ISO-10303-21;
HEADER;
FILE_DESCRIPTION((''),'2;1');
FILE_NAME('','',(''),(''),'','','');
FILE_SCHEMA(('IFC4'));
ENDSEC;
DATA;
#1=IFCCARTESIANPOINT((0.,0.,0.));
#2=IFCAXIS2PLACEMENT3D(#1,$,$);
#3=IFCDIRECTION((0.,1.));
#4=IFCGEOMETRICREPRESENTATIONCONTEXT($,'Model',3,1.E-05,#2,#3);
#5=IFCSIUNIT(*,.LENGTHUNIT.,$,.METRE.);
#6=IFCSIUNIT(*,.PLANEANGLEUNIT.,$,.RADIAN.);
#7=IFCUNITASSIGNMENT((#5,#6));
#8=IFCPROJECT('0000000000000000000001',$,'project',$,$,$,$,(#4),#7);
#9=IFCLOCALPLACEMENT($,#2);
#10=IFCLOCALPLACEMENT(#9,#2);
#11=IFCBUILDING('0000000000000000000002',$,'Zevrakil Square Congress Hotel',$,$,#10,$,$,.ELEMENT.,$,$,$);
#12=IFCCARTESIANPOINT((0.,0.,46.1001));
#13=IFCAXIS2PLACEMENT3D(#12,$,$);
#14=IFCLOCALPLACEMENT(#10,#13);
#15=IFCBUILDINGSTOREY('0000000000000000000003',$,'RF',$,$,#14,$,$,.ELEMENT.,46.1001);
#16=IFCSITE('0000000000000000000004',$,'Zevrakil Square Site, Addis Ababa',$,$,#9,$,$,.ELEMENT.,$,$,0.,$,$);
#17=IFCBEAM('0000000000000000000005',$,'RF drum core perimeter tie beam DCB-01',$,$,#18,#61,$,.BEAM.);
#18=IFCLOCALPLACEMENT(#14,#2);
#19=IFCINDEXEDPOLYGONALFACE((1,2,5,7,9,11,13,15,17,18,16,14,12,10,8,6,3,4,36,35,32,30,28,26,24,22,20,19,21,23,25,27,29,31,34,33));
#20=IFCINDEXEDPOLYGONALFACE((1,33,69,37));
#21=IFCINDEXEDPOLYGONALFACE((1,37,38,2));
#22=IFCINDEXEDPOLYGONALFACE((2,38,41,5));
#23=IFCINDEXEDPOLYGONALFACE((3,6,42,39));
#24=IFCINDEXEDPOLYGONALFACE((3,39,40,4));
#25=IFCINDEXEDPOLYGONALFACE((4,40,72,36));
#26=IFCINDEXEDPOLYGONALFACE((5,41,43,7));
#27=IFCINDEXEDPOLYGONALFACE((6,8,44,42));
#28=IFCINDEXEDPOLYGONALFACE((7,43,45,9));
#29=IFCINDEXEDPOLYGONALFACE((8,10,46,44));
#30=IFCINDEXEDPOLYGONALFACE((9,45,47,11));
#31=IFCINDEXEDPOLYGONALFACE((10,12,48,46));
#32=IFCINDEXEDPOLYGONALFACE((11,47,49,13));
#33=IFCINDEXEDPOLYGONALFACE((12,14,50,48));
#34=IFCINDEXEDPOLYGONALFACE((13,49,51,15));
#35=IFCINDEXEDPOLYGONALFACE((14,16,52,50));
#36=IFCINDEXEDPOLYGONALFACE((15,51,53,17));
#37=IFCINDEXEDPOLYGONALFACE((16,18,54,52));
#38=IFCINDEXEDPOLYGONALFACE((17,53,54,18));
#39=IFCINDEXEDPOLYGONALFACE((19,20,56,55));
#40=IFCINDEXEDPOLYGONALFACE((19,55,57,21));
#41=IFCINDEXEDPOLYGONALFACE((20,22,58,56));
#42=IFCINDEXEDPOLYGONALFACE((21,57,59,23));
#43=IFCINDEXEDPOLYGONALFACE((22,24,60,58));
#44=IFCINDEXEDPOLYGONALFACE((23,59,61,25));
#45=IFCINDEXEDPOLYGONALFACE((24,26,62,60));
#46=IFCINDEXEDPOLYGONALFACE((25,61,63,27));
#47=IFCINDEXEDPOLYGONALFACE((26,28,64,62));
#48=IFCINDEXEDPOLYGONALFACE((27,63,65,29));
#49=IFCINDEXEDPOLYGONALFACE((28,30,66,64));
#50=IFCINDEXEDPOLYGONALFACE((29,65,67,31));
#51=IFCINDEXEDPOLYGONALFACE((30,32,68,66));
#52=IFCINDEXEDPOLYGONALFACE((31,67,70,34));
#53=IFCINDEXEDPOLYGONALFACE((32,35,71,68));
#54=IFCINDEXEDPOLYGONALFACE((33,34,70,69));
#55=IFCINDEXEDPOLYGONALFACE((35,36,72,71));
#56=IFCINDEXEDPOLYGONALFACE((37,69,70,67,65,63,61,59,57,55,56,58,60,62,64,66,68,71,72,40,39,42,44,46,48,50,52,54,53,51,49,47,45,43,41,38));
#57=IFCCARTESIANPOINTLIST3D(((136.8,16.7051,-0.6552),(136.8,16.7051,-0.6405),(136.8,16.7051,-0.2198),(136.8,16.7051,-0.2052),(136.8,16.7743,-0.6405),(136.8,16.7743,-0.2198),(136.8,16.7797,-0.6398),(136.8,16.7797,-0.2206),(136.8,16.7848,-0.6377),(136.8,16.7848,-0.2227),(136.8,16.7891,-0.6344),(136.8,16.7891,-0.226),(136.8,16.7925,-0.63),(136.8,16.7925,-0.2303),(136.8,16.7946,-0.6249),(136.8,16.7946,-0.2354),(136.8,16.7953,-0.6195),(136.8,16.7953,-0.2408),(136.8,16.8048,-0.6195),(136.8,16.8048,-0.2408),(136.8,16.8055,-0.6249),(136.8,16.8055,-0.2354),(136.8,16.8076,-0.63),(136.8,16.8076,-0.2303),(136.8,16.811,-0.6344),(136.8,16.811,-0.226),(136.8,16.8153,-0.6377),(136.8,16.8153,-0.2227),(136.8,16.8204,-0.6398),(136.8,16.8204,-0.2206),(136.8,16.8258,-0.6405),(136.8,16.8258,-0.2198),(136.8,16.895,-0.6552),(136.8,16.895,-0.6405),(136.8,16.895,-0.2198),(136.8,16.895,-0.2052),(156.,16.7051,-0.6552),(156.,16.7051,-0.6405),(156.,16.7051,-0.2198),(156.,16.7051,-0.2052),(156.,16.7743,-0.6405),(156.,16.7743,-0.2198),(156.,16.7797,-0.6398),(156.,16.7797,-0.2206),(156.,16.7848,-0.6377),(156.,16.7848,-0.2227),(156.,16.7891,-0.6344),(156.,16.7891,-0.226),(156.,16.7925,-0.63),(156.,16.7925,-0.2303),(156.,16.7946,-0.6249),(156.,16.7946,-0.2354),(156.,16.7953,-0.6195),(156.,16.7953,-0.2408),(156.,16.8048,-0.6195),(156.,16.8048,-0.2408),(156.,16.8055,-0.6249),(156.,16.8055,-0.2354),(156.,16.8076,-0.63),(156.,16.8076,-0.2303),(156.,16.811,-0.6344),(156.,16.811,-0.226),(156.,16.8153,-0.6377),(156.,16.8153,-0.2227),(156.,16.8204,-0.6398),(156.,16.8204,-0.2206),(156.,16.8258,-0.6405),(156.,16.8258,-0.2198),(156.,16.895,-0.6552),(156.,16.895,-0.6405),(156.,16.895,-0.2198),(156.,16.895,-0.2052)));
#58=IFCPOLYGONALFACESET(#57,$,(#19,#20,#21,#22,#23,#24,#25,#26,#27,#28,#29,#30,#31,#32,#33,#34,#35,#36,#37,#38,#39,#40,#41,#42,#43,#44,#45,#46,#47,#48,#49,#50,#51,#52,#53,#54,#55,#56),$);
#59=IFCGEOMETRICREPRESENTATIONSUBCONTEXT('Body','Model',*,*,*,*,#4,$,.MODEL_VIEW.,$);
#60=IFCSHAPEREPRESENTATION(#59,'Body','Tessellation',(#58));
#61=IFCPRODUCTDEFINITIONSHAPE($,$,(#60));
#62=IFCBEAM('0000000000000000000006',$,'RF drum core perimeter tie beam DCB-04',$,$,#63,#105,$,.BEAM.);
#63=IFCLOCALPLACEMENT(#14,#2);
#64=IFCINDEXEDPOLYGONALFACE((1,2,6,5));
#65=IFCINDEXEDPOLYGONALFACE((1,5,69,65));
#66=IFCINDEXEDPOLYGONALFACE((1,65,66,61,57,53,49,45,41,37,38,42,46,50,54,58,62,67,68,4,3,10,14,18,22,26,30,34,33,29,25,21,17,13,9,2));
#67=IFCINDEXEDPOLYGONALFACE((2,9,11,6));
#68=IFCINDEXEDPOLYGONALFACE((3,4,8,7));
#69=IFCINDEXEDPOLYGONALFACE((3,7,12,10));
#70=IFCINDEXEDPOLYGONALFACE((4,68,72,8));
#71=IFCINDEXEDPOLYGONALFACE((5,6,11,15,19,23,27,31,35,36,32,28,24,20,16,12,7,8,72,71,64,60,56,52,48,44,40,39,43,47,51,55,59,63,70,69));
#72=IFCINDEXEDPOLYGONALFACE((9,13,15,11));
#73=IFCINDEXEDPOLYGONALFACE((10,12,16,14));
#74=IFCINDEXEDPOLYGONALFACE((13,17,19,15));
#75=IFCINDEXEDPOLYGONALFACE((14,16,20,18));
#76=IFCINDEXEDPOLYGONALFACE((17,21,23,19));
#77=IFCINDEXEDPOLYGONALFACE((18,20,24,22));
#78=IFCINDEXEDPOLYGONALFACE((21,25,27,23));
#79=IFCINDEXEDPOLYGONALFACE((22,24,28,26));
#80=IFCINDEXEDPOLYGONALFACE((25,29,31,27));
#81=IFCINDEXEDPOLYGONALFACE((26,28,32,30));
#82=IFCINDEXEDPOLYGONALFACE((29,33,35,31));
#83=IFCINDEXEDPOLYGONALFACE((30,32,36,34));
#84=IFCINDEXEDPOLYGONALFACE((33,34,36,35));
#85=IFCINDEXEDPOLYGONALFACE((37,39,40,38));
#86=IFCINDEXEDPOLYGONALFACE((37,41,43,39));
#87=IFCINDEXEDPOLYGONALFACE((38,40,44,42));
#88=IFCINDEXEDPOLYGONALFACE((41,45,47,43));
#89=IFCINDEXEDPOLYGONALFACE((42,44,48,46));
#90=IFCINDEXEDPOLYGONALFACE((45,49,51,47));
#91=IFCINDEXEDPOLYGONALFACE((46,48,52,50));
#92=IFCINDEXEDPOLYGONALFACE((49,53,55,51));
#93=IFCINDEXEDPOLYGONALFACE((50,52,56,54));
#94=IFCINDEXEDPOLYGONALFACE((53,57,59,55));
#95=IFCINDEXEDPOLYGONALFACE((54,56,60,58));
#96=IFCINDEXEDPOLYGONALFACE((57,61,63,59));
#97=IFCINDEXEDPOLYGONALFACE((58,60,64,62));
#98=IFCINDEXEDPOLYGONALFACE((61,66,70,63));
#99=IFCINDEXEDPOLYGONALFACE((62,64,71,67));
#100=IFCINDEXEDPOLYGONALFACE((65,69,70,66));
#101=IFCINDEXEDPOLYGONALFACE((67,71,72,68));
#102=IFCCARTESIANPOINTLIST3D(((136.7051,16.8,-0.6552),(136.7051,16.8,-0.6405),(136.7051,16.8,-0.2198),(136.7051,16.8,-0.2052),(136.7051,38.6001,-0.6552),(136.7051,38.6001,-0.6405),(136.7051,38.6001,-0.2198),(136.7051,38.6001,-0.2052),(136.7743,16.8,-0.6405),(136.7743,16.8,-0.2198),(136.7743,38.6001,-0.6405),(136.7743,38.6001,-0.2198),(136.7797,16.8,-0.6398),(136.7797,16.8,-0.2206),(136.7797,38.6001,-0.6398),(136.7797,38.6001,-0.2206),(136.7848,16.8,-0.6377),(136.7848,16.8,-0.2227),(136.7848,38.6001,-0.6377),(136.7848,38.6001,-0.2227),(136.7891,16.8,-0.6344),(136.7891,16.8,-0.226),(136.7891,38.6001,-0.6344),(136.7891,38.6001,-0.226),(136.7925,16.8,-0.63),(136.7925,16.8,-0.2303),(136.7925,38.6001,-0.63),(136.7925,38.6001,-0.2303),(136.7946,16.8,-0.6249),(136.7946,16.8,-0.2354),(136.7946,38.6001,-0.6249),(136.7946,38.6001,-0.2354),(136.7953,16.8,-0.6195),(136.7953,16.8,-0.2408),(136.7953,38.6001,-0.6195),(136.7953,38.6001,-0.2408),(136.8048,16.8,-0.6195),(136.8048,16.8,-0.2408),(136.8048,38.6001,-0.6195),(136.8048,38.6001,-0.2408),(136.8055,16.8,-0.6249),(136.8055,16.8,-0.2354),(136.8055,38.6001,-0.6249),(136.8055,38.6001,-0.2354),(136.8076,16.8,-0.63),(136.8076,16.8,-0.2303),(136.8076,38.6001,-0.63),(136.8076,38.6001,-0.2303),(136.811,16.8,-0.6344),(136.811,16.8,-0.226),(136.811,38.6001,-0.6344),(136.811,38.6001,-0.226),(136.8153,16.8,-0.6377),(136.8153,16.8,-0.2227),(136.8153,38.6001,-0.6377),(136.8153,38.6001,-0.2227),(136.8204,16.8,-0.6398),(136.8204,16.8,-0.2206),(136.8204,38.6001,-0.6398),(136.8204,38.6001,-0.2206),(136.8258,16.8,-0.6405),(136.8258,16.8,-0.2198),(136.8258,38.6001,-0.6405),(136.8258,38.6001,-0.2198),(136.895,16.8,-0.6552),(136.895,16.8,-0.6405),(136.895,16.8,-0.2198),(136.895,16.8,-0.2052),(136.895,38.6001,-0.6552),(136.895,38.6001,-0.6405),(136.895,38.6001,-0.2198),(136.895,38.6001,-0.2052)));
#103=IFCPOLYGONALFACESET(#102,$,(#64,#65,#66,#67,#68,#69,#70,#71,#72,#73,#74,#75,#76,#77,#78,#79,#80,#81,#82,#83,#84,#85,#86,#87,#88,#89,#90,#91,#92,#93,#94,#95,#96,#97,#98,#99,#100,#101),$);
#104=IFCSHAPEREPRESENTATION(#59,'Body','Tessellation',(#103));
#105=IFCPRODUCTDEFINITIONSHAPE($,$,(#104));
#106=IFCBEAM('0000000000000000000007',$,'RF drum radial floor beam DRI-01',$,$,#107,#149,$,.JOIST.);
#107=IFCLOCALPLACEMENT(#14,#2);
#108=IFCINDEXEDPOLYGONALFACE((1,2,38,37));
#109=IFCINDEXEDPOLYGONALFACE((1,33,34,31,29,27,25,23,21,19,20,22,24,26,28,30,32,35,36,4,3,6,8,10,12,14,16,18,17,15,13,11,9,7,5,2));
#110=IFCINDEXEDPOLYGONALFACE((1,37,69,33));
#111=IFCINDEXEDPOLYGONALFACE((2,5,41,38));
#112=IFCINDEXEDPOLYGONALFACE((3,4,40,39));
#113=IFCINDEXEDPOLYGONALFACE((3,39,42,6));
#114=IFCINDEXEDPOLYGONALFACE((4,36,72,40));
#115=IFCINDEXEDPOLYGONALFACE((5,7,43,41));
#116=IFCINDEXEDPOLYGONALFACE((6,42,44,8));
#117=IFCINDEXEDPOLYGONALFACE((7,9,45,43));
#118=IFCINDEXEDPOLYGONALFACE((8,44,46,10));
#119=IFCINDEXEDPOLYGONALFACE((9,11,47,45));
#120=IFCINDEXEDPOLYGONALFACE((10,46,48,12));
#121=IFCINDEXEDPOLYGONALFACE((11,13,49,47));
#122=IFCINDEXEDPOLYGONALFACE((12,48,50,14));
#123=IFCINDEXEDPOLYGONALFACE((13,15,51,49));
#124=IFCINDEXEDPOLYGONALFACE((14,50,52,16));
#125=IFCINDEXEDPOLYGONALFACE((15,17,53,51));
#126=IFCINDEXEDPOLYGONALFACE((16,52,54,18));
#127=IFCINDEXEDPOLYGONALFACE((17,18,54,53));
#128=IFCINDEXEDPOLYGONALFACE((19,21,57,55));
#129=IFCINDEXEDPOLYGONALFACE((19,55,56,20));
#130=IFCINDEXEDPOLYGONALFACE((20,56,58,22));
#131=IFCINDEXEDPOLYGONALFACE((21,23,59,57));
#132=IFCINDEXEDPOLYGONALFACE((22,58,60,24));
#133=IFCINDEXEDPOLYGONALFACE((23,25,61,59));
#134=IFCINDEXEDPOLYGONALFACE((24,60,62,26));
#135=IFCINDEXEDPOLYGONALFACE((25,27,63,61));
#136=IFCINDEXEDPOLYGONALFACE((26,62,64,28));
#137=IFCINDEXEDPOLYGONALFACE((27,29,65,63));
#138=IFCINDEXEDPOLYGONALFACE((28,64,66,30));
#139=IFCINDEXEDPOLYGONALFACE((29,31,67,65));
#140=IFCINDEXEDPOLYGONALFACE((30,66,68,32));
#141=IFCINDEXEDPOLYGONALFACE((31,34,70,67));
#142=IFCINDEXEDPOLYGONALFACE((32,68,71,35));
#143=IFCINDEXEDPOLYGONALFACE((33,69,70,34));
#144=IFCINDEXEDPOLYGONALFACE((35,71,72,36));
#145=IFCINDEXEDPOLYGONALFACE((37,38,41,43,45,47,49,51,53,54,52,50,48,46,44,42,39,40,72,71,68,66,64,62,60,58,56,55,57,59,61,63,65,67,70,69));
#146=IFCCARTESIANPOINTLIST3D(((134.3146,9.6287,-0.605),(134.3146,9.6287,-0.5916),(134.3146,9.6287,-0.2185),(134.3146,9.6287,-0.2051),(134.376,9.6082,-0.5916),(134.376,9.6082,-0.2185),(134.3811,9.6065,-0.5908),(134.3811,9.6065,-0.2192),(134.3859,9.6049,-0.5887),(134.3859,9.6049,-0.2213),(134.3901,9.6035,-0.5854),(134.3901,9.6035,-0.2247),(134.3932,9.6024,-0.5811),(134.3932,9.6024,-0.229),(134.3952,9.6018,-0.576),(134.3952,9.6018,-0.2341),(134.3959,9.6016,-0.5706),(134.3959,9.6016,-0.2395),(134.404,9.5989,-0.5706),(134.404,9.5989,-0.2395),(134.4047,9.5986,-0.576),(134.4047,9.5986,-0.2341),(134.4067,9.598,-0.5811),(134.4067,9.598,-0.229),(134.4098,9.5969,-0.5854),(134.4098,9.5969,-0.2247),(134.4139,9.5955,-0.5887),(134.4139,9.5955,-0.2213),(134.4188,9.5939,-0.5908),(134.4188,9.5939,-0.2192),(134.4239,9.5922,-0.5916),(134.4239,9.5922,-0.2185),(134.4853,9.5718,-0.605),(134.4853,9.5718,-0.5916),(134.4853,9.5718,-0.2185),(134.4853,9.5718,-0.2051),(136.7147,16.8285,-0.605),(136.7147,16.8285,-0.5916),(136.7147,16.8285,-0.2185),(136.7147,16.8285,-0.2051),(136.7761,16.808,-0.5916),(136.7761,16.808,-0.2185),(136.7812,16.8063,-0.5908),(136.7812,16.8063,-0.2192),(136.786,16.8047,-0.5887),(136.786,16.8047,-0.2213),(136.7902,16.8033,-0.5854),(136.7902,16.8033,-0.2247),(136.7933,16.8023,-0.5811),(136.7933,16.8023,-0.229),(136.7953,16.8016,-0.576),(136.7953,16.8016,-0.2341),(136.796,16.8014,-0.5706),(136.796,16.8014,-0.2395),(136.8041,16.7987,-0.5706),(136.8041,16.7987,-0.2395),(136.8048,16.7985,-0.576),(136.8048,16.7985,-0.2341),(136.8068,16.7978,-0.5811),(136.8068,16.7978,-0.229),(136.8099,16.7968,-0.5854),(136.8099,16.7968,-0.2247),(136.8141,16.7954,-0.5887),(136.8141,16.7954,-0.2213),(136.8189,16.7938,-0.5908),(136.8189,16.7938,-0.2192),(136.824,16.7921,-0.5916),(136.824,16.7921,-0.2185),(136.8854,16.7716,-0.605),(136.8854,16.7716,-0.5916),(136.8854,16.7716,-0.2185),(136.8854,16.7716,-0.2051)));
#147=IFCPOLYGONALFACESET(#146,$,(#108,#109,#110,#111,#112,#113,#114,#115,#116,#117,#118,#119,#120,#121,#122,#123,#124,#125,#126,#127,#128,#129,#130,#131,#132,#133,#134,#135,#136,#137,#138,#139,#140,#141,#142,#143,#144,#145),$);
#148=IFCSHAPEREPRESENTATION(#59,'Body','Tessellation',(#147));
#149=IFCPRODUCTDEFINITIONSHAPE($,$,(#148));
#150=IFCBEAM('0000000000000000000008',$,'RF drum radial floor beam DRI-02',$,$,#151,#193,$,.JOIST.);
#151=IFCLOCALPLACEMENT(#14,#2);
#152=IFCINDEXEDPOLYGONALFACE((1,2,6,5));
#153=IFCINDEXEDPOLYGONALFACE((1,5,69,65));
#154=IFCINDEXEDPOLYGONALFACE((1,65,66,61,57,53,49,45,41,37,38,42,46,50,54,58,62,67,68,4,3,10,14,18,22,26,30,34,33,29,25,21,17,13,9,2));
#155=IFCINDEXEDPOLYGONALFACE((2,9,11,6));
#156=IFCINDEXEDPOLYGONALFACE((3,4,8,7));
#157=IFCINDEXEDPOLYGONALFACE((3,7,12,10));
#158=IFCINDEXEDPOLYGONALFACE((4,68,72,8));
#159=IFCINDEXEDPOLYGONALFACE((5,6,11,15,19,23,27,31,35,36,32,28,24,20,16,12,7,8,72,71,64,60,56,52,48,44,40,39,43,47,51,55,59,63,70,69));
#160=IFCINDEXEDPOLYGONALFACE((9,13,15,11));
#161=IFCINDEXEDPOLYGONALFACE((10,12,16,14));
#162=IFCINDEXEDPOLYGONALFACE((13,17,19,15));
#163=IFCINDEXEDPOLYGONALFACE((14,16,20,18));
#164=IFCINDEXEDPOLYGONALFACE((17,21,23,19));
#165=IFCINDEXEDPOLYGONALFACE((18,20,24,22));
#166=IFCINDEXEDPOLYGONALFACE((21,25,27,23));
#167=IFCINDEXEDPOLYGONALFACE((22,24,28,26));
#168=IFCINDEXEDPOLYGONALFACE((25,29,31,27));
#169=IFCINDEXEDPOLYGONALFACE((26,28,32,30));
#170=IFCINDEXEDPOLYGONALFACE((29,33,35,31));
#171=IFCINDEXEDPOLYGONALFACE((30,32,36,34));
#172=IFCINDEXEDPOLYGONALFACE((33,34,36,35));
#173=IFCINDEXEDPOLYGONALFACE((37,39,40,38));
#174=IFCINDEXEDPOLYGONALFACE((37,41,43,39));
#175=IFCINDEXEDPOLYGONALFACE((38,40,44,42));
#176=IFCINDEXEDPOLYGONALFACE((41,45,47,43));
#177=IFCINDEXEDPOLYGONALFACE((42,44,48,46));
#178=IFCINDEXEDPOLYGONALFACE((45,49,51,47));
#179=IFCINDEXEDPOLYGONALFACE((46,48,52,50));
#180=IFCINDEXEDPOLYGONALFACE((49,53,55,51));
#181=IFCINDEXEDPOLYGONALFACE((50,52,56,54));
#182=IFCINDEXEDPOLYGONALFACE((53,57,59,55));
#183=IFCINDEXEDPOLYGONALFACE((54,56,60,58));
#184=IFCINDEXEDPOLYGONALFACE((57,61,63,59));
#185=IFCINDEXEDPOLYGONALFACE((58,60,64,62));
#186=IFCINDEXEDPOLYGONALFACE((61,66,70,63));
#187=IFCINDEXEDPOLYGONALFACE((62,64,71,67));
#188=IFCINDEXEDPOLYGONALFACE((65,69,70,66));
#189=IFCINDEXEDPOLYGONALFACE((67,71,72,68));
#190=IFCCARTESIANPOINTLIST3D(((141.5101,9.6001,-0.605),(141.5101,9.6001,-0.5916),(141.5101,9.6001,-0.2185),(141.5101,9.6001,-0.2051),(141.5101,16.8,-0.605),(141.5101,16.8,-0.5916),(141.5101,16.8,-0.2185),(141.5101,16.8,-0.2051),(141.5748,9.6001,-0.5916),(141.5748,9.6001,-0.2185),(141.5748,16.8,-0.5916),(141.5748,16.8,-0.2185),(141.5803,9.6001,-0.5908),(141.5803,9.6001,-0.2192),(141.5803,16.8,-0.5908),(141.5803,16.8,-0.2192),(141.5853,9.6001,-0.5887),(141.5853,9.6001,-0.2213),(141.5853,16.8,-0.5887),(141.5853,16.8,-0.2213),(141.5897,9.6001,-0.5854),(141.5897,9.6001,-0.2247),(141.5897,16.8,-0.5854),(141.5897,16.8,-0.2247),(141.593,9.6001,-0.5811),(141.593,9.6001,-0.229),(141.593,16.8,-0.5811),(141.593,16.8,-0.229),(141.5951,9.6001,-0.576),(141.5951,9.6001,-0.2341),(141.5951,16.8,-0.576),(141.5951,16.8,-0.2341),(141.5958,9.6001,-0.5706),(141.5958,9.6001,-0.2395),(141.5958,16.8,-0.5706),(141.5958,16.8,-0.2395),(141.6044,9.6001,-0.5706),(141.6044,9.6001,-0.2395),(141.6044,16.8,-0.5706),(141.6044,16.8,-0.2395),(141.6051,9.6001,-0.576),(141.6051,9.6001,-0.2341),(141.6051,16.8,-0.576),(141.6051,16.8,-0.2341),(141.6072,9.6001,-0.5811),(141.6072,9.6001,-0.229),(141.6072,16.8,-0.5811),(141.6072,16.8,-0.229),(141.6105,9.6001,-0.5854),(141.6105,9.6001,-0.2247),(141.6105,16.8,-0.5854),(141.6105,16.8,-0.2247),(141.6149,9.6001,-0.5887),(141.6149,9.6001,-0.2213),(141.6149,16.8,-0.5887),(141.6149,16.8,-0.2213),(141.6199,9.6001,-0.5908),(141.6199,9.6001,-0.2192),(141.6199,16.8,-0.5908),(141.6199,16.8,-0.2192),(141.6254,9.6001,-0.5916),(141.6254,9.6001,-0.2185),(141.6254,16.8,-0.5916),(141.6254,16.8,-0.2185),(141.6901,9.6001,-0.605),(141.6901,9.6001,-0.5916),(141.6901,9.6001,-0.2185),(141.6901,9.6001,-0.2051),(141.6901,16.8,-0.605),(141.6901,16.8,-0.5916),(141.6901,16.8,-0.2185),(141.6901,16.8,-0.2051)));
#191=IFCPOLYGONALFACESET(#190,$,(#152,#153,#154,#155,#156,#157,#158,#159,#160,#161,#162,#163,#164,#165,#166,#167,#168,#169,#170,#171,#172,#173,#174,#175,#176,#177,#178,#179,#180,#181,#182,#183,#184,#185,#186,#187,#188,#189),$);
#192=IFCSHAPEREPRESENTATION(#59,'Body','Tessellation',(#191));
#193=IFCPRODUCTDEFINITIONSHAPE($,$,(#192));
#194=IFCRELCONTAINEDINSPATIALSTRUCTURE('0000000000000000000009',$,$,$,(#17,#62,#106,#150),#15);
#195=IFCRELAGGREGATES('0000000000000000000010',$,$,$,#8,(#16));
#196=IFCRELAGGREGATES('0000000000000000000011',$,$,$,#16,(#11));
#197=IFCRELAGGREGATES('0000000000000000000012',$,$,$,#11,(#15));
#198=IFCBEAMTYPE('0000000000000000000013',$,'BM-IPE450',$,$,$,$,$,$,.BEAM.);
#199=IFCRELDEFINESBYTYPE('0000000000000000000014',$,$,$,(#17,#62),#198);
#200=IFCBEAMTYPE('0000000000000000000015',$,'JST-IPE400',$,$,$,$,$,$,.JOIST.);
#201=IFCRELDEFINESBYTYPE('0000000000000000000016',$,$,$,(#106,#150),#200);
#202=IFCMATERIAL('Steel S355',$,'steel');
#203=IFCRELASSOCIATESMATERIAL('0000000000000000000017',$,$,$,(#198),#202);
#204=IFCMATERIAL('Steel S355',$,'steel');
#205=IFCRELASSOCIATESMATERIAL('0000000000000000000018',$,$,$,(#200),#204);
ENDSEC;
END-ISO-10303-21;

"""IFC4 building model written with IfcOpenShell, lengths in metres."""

from ifc_helpers import new_model, si_unit, direction, frame, origin, origin_2d, place, context, subcontext, project, spatial, i_section, extrude, material, material_profile, profile_set, type_object, element, save


model = new_model("IFC4")

# Units and contexts
model_context = context("Model", 3, precision=1e-05, world=origin(), true_north=direction((0.0, 1.0)))
body_context = subcontext(model_context, "Body", "Model", "MODEL_VIEW")
ifc_project = project(units=[si_unit("LENGTHUNIT", "METRE"), si_unit("PLANEANGLEUNIT", "RADIAN")], contexts=[model_context])

# Site, building, storey
site_placement = place(None, origin())
site = spatial("IfcSite", under=ifc_project, at=site_placement, Name="Zevrakil Square Site, Addis Ababa", CompositionType="ELEMENT", RefElevation=0.0)
building_placement = place(site_placement, origin())
building = spatial("IfcBuilding", under=site, at=building_placement, Name="Zevrakil Square Congress Hotel", CompositionType="ELEMENT")
storey_placement = place(building_placement, frame((0.0, 0.0, 46.1001)))
storey = spatial("IfcBuildingStorey", under=building, at=storey_placement, Name="RF", CompositionType="ELEMENT", Elevation=46.1001)

# Beams
ifc_material_1 = material(Name="Steel S355", Category="steel")
ifc_material_profile_1 = material_profile(ifc_material_1, i_section(OverallWidth=0.1899, OverallDepth=0.45, WebThickness=0.0095, FlangeThickness=0.0146, FilletRadius=0.021, at=origin_2d()), Name="IPE 450")
ifc_profile_set_1 = profile_set([ifc_material_profile_1], Name="Steel S355")
beam_type_1 = type_object("IfcBeamType", Name="BM-IPE450", PredefinedType="BEAM", material=ifc_profile_set_1)
beam_1_placement = place(storey_placement, frame((136.8, 16.8, -0.4302), z_axis=(1.0, 0.0, 0.0), x_axis=(0.0, 1.0, 0.0)))
element("IfcBeam", 1, at=beam_1_placement, inside=storey, type_object=beam_type_1, Name="RF drum core perimeter tie beam DCB-01", PredefinedType="BEAM", context=body_context, shape_type="SweptSolid", body=[
    extrude(i_section(OverallWidth=0.1899, OverallDepth=0.45, WebThickness=0.0095, FlangeThickness=0.0146, FilletRadius=0.021, at=origin_2d()), origin(), (0.0, 0.0, 1.0), 19.2),
])
beam_2_placement = place(storey_placement, frame((136.8, 38.6001, -0.4302), z_axis=(0.0, -1.0, 0.0), x_axis=(1.0, 0.0, 0.0)))
element("IfcBeam", 2, at=beam_2_placement, inside=storey, type_object=beam_type_1, Name="RF drum core perimeter tie beam DCB-04", PredefinedType="BEAM", context=body_context, shape_type="SweptSolid", body=[
    extrude(i_section(OverallWidth=0.1899, OverallDepth=0.45, WebThickness=0.0095, FlangeThickness=0.0146, FilletRadius=0.021, at=origin_2d()), origin(), (0.0, 0.0, 1.0), 21.8),
])
ifc_material_2 = material(Name="Steel S355", Category="steel")
ifc_material_profile_2 = material_profile(ifc_material_2, i_section(OverallWidth=0.1799, OverallDepth=0.3999, WebThickness=0.0085, FlangeThickness=0.0134, FilletRadius=0.021, at=origin_2d()), Name="IPE 400")
ifc_profile_set_2 = profile_set([ifc_material_profile_2], Name="Steel S355")
beam_type_2 = type_object("IfcBeamType", Name="JST-IPE400", PredefinedType="JOIST", material=ifc_profile_set_2)
beam_3_placement = place(storey_placement, frame((136.8, 16.8, -0.405), z_axis=(-0.316247, -0.948677, 0.0), x_axis=(0.948677, -0.316247, 0.0)))
element("IfcBeam", 3, at=beam_3_placement, inside=storey, type_object=beam_type_2, Name="RF drum radial floor beam DRI-01", PredefinedType="JOIST", context=body_context, shape_type="SweptSolid", body=[
    extrude(i_section(OverallWidth=0.1799, OverallDepth=0.3999, WebThickness=0.0085, FlangeThickness=0.0134, FilletRadius=0.021, at=origin_2d()), origin(), (0.0, 0.0, 1.0), 7.5894),
])
beam_4_placement = place(storey_placement, frame((141.6001, 16.8, -0.405), z_axis=(0.0, -1.0, 0.0), x_axis=(1.0, 0.0, 0.0)))
element("IfcBeam", 4, at=beam_4_placement, inside=storey, type_object=beam_type_2, Name="RF drum radial floor beam DRI-02", PredefinedType="JOIST", context=body_context, shape_type="SweptSolid", body=[
    extrude(i_section(OverallWidth=0.1799, OverallDepth=0.3999, WebThickness=0.0085, FlangeThickness=0.0134, FilletRadius=0.021, at=origin_2d()), origin(), (0.0, 0.0, 1.0), 7.2),
])

save(model, "model.ifc")
